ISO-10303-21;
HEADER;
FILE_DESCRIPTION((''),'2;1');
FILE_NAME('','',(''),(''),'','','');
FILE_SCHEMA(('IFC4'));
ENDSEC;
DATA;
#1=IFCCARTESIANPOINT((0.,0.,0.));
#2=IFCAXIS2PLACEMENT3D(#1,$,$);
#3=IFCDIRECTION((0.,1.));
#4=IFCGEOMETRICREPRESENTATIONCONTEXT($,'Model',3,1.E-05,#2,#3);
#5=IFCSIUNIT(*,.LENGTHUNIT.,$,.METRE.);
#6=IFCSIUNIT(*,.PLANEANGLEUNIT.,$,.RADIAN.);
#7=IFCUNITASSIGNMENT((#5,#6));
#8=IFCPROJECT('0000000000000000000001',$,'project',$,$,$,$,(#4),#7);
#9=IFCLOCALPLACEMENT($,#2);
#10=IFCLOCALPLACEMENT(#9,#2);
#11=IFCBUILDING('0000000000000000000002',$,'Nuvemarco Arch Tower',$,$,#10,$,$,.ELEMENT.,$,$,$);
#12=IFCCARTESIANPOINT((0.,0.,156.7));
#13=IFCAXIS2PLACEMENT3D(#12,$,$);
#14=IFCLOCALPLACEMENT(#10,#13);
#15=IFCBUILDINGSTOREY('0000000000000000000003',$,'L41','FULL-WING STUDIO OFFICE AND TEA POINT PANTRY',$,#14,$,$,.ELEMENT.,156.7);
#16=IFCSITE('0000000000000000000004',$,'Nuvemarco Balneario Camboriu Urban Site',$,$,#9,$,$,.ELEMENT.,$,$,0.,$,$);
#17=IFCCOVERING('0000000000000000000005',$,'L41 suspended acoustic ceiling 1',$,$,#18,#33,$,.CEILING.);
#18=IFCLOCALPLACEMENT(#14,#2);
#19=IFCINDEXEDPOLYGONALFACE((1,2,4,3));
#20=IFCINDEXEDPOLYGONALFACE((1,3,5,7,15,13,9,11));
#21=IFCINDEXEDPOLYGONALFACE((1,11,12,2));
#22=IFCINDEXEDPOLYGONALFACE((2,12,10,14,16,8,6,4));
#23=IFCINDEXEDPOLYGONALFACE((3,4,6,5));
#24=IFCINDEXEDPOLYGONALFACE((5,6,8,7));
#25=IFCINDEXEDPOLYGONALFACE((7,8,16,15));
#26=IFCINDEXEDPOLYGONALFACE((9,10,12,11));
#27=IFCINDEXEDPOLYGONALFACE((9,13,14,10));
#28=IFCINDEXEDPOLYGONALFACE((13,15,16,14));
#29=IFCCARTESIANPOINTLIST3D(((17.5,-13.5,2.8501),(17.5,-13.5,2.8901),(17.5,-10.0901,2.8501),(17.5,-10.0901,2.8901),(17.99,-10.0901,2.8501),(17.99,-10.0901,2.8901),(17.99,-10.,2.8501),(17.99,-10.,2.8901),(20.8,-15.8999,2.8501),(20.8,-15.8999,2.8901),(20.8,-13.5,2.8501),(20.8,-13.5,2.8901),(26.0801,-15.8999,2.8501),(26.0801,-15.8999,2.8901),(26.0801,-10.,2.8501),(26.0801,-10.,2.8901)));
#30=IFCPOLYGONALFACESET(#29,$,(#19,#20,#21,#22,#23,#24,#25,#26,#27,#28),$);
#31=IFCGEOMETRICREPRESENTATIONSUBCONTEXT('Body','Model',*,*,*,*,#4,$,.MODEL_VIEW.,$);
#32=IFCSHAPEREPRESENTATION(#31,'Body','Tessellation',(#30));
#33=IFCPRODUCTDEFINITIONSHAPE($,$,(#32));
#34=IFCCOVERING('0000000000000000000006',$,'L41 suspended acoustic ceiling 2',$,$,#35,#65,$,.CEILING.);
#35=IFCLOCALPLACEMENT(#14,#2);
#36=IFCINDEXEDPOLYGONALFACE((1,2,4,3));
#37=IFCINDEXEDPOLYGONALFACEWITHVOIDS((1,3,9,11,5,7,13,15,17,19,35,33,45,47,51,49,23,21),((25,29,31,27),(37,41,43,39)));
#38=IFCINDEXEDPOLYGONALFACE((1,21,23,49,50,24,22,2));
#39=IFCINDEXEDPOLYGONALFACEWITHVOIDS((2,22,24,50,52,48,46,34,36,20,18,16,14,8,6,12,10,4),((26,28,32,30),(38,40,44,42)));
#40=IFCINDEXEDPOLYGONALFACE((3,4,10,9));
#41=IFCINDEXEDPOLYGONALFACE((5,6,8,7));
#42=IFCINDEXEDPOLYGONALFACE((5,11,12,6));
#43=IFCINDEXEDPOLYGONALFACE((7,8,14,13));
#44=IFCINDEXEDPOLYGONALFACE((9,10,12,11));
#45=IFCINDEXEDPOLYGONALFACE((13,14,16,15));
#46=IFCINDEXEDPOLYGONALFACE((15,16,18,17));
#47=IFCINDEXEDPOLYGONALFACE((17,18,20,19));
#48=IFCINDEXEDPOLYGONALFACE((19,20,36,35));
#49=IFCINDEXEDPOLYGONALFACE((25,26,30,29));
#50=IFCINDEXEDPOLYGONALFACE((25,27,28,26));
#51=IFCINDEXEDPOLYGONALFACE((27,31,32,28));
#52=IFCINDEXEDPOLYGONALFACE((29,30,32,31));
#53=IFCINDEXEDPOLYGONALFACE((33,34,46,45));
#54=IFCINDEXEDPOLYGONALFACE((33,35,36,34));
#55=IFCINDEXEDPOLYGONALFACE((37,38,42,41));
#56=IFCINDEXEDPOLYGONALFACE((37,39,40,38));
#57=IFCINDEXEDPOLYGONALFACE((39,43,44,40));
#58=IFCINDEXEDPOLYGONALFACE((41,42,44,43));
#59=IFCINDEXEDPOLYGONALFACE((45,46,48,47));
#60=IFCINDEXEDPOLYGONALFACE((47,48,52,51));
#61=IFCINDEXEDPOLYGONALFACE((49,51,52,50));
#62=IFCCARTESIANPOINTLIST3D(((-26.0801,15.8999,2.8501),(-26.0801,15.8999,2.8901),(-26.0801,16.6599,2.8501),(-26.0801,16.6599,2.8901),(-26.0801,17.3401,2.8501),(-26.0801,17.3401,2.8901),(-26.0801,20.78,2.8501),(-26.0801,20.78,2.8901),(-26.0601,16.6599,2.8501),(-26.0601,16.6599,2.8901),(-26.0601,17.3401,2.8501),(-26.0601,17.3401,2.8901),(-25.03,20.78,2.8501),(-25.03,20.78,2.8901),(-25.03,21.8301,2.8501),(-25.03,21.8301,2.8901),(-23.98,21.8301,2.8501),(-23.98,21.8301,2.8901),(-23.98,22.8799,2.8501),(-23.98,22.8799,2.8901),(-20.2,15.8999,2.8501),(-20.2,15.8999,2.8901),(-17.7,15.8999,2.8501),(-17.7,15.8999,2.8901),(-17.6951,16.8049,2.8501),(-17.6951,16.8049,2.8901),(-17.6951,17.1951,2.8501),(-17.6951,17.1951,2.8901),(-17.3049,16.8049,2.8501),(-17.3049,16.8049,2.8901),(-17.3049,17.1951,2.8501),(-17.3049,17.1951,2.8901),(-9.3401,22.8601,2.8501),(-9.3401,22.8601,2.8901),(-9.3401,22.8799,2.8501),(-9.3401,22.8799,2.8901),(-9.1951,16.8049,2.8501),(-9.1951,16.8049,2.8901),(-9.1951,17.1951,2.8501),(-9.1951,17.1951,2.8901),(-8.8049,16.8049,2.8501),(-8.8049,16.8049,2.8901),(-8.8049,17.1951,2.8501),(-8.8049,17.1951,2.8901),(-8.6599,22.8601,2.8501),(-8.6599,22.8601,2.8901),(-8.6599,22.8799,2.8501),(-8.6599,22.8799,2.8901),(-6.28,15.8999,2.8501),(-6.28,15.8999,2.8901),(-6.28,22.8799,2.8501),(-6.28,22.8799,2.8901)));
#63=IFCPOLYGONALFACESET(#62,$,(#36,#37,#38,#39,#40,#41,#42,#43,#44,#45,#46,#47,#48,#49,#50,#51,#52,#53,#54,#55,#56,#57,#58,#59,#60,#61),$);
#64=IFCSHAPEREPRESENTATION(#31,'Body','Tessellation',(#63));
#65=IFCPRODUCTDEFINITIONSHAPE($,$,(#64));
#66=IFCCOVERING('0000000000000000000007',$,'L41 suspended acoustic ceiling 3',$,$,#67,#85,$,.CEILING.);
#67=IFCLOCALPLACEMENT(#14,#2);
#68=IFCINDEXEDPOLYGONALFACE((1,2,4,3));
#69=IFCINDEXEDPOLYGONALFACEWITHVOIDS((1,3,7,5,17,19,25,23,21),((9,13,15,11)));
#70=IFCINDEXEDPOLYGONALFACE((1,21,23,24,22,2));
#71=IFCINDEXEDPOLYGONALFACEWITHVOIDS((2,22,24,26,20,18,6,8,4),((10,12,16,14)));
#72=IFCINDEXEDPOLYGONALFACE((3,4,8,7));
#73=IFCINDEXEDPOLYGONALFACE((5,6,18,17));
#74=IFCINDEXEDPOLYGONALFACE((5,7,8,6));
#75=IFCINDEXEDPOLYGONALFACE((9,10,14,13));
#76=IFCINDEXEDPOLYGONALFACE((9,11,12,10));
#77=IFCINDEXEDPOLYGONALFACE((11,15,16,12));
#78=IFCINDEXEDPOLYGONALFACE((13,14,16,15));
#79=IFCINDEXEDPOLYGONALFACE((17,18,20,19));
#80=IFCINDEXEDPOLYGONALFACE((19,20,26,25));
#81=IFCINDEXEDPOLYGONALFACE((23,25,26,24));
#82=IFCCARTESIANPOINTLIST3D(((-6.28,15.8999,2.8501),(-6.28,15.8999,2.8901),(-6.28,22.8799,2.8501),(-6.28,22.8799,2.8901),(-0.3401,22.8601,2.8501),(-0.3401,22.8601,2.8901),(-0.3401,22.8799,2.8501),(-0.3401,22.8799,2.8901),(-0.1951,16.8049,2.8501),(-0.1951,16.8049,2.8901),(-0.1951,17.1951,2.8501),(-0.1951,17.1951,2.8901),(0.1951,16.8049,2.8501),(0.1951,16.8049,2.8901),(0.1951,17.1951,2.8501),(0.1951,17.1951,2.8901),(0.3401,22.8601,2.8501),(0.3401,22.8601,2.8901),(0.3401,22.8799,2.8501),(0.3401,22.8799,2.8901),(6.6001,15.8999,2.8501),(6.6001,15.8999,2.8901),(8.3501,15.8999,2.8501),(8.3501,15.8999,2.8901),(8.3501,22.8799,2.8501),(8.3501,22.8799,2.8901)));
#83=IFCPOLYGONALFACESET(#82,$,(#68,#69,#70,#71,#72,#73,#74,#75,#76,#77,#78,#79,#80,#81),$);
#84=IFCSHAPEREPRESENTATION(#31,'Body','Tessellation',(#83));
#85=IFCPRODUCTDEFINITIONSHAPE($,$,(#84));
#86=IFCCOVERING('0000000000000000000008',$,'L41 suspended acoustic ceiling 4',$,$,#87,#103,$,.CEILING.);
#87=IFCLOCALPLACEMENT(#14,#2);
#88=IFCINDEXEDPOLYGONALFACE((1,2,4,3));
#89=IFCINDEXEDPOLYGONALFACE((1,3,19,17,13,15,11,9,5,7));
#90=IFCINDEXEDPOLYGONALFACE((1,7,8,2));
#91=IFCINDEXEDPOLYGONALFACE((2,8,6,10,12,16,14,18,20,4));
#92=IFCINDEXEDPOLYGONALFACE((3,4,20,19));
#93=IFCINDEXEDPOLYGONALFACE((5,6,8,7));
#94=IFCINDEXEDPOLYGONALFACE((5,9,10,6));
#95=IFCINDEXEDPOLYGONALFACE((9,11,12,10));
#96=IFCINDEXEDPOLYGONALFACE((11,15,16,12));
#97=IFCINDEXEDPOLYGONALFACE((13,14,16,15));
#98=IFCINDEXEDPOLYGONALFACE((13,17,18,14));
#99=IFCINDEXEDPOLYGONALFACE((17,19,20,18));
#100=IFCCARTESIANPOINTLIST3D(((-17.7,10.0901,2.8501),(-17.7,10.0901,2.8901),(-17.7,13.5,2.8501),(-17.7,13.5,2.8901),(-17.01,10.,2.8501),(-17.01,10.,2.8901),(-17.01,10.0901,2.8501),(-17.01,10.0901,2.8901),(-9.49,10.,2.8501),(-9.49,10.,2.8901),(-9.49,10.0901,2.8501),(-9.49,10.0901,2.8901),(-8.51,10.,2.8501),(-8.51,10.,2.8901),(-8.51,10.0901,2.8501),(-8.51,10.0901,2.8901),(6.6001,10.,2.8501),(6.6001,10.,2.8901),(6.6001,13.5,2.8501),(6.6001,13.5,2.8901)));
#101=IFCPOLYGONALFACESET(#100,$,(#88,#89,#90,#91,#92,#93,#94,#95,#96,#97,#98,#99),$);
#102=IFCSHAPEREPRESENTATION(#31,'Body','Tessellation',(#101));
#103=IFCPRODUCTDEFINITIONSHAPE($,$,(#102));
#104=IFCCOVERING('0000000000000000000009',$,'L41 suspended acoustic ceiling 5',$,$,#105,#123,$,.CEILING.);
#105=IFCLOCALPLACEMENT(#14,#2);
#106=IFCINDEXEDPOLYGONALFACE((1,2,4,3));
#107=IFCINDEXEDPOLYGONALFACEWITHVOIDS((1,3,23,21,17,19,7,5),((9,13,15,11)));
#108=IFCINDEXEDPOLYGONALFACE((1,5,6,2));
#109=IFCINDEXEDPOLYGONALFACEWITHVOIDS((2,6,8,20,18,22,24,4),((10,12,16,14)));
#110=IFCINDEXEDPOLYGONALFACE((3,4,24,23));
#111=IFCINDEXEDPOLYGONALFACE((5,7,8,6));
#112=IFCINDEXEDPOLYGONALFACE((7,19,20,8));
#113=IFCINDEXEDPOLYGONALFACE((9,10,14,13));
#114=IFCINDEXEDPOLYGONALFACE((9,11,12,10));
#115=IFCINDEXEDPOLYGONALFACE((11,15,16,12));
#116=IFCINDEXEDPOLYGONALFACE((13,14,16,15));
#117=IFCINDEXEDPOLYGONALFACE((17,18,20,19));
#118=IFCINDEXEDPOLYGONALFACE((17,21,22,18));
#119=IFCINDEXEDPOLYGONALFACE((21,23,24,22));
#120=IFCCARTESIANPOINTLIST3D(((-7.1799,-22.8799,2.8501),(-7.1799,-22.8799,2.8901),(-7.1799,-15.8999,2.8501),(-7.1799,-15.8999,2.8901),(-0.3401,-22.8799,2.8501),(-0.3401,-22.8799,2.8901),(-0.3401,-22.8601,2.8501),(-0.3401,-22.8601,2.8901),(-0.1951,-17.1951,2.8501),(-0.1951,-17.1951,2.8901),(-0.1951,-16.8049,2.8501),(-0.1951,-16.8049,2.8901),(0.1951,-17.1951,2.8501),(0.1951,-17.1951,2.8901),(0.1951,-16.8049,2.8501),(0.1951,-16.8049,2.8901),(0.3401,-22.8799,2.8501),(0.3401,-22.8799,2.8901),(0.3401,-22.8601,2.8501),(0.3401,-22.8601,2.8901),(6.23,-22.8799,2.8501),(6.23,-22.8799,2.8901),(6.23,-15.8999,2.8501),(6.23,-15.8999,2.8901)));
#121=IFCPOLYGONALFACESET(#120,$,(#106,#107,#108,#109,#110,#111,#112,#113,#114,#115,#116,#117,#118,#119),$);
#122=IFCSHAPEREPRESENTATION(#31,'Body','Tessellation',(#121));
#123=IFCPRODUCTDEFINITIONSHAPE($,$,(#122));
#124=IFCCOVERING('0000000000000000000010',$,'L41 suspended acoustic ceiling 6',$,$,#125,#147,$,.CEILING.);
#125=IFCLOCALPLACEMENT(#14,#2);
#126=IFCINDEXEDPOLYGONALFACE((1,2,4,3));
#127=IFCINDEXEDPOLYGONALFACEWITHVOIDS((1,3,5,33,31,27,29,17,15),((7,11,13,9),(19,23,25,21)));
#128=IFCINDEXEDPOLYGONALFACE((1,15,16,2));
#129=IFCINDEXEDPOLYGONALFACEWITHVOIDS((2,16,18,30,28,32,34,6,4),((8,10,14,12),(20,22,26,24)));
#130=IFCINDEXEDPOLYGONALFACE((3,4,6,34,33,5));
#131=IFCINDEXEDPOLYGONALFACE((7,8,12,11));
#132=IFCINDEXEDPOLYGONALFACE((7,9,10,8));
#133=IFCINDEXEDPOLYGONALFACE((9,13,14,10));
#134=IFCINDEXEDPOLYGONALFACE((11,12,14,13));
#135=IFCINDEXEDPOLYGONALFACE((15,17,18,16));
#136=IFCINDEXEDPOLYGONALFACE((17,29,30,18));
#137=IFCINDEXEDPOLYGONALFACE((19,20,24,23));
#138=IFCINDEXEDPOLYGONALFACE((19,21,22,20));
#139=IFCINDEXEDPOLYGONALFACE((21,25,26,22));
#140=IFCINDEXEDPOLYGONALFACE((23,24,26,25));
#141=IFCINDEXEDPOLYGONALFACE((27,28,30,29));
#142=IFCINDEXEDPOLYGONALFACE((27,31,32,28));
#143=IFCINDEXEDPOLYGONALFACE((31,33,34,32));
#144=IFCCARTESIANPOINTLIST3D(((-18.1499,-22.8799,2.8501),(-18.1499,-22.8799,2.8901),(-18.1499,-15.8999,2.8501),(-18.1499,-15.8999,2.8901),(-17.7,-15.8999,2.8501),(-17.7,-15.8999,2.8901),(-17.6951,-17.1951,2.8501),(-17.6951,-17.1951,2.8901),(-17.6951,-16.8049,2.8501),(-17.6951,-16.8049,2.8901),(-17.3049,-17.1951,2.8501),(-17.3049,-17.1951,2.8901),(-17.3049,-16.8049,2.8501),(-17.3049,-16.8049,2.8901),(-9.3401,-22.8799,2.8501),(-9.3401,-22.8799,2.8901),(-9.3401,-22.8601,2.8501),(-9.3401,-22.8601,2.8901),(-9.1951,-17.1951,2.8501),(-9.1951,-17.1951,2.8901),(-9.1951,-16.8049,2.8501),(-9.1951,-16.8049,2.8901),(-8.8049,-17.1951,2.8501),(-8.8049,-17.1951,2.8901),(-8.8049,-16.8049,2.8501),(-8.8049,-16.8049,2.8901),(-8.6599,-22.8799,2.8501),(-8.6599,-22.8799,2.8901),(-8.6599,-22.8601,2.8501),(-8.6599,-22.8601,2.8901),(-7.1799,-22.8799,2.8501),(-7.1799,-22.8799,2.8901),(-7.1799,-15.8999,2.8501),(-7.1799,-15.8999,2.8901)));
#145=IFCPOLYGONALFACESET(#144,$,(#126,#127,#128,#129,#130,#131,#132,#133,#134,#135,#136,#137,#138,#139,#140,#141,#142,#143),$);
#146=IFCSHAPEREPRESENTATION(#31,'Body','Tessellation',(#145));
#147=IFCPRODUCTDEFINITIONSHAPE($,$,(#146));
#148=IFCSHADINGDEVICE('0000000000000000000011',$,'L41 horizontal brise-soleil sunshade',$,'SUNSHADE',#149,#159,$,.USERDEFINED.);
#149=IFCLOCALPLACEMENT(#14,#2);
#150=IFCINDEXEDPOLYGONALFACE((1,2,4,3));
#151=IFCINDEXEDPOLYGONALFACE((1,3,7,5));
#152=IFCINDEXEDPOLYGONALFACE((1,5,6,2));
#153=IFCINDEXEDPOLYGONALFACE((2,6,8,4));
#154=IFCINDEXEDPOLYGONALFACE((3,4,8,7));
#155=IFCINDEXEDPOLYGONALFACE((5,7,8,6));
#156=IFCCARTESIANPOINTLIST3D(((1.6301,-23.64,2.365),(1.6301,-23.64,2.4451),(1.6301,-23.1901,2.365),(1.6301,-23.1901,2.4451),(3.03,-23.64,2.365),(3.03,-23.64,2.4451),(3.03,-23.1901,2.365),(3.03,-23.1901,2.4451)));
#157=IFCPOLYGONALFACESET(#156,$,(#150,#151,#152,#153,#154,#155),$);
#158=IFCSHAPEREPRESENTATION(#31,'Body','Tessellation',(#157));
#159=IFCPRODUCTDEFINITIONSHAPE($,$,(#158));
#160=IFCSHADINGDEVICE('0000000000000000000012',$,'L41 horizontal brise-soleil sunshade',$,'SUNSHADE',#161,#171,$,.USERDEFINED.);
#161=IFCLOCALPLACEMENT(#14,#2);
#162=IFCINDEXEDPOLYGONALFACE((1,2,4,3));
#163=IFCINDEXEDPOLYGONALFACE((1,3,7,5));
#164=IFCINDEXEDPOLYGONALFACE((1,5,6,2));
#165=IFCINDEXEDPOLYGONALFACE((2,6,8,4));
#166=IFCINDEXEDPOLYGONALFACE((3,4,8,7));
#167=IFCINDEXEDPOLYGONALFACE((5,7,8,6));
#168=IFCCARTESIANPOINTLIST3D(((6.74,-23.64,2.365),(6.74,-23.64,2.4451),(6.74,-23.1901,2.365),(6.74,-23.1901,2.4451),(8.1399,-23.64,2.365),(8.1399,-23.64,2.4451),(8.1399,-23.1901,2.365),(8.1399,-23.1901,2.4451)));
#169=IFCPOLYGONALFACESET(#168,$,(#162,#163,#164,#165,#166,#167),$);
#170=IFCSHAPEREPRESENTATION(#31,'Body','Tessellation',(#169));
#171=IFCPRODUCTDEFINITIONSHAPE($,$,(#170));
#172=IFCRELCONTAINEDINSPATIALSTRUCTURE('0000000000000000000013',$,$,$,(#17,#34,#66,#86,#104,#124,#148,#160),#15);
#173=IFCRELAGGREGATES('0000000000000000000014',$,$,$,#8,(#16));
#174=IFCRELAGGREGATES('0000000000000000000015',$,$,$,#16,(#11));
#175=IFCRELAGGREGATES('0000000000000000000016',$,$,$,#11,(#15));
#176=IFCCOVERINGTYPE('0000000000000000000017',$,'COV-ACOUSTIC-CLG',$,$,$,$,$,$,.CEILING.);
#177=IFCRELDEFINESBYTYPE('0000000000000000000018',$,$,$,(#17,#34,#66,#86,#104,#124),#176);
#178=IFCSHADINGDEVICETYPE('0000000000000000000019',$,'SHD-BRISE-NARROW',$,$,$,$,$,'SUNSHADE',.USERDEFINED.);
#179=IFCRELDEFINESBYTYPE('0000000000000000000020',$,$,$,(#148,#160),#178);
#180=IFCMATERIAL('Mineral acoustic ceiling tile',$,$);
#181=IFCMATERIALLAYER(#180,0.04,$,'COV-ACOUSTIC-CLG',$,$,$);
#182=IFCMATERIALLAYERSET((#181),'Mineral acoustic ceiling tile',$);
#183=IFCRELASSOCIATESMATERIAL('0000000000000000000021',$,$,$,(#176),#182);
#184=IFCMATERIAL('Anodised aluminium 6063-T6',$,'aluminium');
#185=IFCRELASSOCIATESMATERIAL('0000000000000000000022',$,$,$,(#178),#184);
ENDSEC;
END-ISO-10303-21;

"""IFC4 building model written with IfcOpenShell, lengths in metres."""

from ifc_helpers import new_model, si_unit, direction, frame, origin, origin_2d, place, context, subcontext, project, spatial, polyline, rectangle, outline, extrude, source, transform, mapped, material, layer, layer_set, type_object, type_shapes, element, save


model = new_model("IFC4")

# Units and contexts
model_context = context("Model", 3, precision=1e-05, world=origin(), true_north=direction((0.0, 1.0)))
body_context = subcontext(model_context, "Body", "Model", "MODEL_VIEW")
ifc_project = project(units=[si_unit("LENGTHUNIT", "METRE"), si_unit("PLANEANGLEUNIT", "RADIAN")], contexts=[model_context])

# Site, building, storey
site_placement = place(None, origin())
site = spatial("IfcSite", under=ifc_project, at=site_placement, Name="Nuvemarco Balneario Camboriu Urban Site", CompositionType="ELEMENT", RefElevation=0.0)
building_placement = place(site_placement, origin())
building = spatial("IfcBuilding", under=site, at=building_placement, Name="Nuvemarco Arch Tower", CompositionType="ELEMENT")
storey_placement = place(building_placement, frame((0.0, 0.0, 156.7)))
storey = spatial("IfcBuildingStorey", under=building, at=storey_placement, Name="L41", Description="FULL-WING STUDIO OFFICE AND TEA POINT PANTRY", CompositionType="ELEMENT", Elevation=156.7)

# Coverings
ifc_material_1 = material(Name="Mineral acoustic ceiling tile")
ifc_layer_1 = layer(ifc_material_1, 0.04, Name="COV-ACOUSTIC-CLG")
ifc_layer_set_1 = layer_set([ifc_layer_1], Name="Mineral acoustic ceiling tile")
covering_type = type_object("IfcCoveringType", Name="COV-ACOUSTIC-CLG", PredefinedType="CEILING", material=ifc_layer_set_1)
covering_1_placement = place(storey_placement, frame((0.0, 0.0, 2.8501)))
element("IfcCovering", 1, at=covering_1_placement, inside=storey, type_object=covering_type, Name="L41 suspended acoustic ceiling 1", PredefinedType="CEILING", context=body_context, shape_type="SweptSolid", body=[
    extrude(outline(polyline([(17.5, -10.0901), (17.99, -10.0901), (17.99, -10.0), (26.0801, -10.0), (26.0801, -15.8999), (20.8, -15.8999), (20.8, -13.5), (17.5, -13.5), (17.5, -10.0901)])), origin(), (0.0, 0.0, 1.0), 0.04),
])
covering_2_placement = place(storey_placement, frame((0.0, 0.0, 2.8501)))
element("IfcCovering", 2, at=covering_2_placement, inside=storey, type_object=covering_type, Name="L41 suspended acoustic ceiling 2", PredefinedType="CEILING", context=body_context, shape_type="SweptSolid", body=[
    extrude(outline(polyline([(-26.0601, 16.6599), (-26.0601, 17.3401), (-26.0801, 17.3401), (-26.0801, 20.78), (-25.03, 20.78), (-25.03, 21.8301), (-23.98, 21.8301), (-23.98, 22.8799), (-9.3401, 22.8799), (-9.3401, 22.8601), (-8.6599, 22.8601), (-8.6599, 22.8799), (-6.28, 22.8799), (-6.28, 15.8999), (-17.7, 15.8999), (-20.2, 15.8999), (-26.0801, 15.8999), (-26.0801, 16.6599), (-26.0601, 16.6599)]), holes=[polyline([(-17.3049, 16.8049), (-17.3049, 17.1951), (-17.6951, 17.1951), (-17.6951, 16.8049), (-17.3049, 16.8049)]), polyline([(-8.8049, 16.8049), (-8.8049, 17.1951), (-9.1951, 17.1951), (-9.1951, 16.8049), (-8.8049, 16.8049)])]), origin(), (0.0, 0.0, 1.0), 0.04),
])
covering_3_placement = place(storey_placement, frame((0.0, 0.0, 2.8501)))
element("IfcCovering", 3, at=covering_3_placement, inside=storey, type_object=covering_type, Name="L41 suspended acoustic ceiling 3", PredefinedType="CEILING", context=body_context, shape_type="SweptSolid", body=[
    extrude(outline(polyline([(-0.3401, 22.8601), (0.3401, 22.8601), (0.3401, 22.8799), (8.3501, 22.8799), (8.3501, 15.8999), (6.6001, 15.8999), (-6.28, 15.8999), (-6.28, 22.8799), (-0.3401, 22.8799), (-0.3401, 22.8601)]), holes=[polyline([(0.1951, 16.8049), (0.1951, 17.1951), (-0.1951, 17.1951), (-0.1951, 16.8049), (0.1951, 16.8049)])]), origin(), (0.0, 0.0, 1.0), 0.04),
])
covering_4_placement = place(storey_placement, frame((0.0, 0.0, 2.8501)))
element("IfcCovering", 4, at=covering_4_placement, inside=storey, type_object=covering_type, Name="L41 suspended acoustic ceiling 4", PredefinedType="CEILING", context=body_context, shape_type="SweptSolid", body=[
    extrude(outline(polyline([(6.6001, 13.5), (6.6001, 10.0), (-8.51, 10.0), (-8.51, 10.0901), (-9.49, 10.0901), (-9.49, 10.0), (-17.01, 10.0), (-17.01, 10.0901), (-17.7, 10.0901), (-17.7, 13.5), (6.6001, 13.5)])), origin(), (0.0, 0.0, 1.0), 0.04),
])
covering_5_placement = place(storey_placement, frame((0.0, 0.0, 2.8501)))
element("IfcCovering", 5, at=covering_5_placement, inside=storey, type_object=covering_type, Name="L41 suspended acoustic ceiling 5", PredefinedType="CEILING", context=body_context, shape_type="SweptSolid", body=[
    extrude(outline(polyline([(0.3401, -22.8799), (0.3401, -22.8601), (-0.3401, -22.8601), (-0.3401, -22.8799), (-7.1799, -22.8799), (-7.1799, -15.8999), (6.23, -15.8999), (6.23, -22.8799), (0.3401, -22.8799)]), holes=[polyline([(0.1951, -17.1951), (0.1951, -16.8049), (-0.1951, -16.8049), (-0.1951, -17.1951), (0.1951, -17.1951)])]), origin(), (0.0, 0.0, 1.0), 0.04),
])
covering_6_placement = place(storey_placement, frame((0.0, 0.0, 2.8501)))
element("IfcCovering", 6, at=covering_6_placement, inside=storey, type_object=covering_type, Name="L41 suspended acoustic ceiling 6", PredefinedType="CEILING", context=body_context, shape_type="SweptSolid", body=[
    extrude(outline(polyline([(-7.1799, -22.8799), (-8.6599, -22.8799), (-8.6599, -22.8601), (-9.3401, -22.8601), (-9.3401, -22.8799), (-18.1499, -22.8799), (-18.1499, -15.8999), (-17.7, -15.8999), (-7.1799, -15.8999), (-7.1799, -22.8799)]), holes=[polyline([(-17.3049, -16.8049), (-17.6951, -16.8049), (-17.6951, -17.1951), (-17.3049, -17.1951), (-17.3049, -16.8049)]), polyline([(-8.8049, -17.1951), (-8.8049, -16.8049), (-9.1951, -16.8049), (-9.1951, -17.1951), (-8.8049, -17.1951)])]), origin(), (0.0, 0.0, 1.0), 0.04),
])

# Shading devices
ifc_material_2 = material(Name="Anodised aluminium 6063-T6", Category="aluminium")
shading_device_type = type_object("IfcShadingDeviceType", Name="SHD-BRISE-NARROW", ElementType="SUNSHADE", PredefinedType="USERDEFINED", material=ifc_material_2)
shared_shape_1 = source(origin(), body_context, "Body", "SweptSolid", [
    extrude(rectangle(XDim=1.3999, YDim=0.45, at=origin_2d()), origin(), (0.0, 0.0, 1.0), 0.0801),
])
type_shapes(shading_device_type, [shared_shape_1])
for number, where, z_axis, x_axis, name in (
    (7, (2.3301, -23.415, 2.365), (0.0, 0.0, 1.0), (1.0, 0.0, 0.0), "L41 horizontal brise-soleil sunshade"),
    (8, (7.4399, -23.415, 2.365), (0.0, 0.0, 1.0), (1.0, 0.0, 0.0), "L41 horizontal brise-soleil sunshade"),
):
    element("IfcShadingDevice", number, at=place(storey_placement, frame(where, z_axis=z_axis, x_axis=x_axis)), inside=storey, type_object=shading_device_type, Name=name, ObjectType="SUNSHADE", PredefinedType="USERDEFINED", context=body_context, shape_type="MappedRepresentation", body=[
        mapped(shared_shape_1, transform((0.0, 0.0, 0.0), scale=1.0)),
    ])

save(model, "model.ifc")
